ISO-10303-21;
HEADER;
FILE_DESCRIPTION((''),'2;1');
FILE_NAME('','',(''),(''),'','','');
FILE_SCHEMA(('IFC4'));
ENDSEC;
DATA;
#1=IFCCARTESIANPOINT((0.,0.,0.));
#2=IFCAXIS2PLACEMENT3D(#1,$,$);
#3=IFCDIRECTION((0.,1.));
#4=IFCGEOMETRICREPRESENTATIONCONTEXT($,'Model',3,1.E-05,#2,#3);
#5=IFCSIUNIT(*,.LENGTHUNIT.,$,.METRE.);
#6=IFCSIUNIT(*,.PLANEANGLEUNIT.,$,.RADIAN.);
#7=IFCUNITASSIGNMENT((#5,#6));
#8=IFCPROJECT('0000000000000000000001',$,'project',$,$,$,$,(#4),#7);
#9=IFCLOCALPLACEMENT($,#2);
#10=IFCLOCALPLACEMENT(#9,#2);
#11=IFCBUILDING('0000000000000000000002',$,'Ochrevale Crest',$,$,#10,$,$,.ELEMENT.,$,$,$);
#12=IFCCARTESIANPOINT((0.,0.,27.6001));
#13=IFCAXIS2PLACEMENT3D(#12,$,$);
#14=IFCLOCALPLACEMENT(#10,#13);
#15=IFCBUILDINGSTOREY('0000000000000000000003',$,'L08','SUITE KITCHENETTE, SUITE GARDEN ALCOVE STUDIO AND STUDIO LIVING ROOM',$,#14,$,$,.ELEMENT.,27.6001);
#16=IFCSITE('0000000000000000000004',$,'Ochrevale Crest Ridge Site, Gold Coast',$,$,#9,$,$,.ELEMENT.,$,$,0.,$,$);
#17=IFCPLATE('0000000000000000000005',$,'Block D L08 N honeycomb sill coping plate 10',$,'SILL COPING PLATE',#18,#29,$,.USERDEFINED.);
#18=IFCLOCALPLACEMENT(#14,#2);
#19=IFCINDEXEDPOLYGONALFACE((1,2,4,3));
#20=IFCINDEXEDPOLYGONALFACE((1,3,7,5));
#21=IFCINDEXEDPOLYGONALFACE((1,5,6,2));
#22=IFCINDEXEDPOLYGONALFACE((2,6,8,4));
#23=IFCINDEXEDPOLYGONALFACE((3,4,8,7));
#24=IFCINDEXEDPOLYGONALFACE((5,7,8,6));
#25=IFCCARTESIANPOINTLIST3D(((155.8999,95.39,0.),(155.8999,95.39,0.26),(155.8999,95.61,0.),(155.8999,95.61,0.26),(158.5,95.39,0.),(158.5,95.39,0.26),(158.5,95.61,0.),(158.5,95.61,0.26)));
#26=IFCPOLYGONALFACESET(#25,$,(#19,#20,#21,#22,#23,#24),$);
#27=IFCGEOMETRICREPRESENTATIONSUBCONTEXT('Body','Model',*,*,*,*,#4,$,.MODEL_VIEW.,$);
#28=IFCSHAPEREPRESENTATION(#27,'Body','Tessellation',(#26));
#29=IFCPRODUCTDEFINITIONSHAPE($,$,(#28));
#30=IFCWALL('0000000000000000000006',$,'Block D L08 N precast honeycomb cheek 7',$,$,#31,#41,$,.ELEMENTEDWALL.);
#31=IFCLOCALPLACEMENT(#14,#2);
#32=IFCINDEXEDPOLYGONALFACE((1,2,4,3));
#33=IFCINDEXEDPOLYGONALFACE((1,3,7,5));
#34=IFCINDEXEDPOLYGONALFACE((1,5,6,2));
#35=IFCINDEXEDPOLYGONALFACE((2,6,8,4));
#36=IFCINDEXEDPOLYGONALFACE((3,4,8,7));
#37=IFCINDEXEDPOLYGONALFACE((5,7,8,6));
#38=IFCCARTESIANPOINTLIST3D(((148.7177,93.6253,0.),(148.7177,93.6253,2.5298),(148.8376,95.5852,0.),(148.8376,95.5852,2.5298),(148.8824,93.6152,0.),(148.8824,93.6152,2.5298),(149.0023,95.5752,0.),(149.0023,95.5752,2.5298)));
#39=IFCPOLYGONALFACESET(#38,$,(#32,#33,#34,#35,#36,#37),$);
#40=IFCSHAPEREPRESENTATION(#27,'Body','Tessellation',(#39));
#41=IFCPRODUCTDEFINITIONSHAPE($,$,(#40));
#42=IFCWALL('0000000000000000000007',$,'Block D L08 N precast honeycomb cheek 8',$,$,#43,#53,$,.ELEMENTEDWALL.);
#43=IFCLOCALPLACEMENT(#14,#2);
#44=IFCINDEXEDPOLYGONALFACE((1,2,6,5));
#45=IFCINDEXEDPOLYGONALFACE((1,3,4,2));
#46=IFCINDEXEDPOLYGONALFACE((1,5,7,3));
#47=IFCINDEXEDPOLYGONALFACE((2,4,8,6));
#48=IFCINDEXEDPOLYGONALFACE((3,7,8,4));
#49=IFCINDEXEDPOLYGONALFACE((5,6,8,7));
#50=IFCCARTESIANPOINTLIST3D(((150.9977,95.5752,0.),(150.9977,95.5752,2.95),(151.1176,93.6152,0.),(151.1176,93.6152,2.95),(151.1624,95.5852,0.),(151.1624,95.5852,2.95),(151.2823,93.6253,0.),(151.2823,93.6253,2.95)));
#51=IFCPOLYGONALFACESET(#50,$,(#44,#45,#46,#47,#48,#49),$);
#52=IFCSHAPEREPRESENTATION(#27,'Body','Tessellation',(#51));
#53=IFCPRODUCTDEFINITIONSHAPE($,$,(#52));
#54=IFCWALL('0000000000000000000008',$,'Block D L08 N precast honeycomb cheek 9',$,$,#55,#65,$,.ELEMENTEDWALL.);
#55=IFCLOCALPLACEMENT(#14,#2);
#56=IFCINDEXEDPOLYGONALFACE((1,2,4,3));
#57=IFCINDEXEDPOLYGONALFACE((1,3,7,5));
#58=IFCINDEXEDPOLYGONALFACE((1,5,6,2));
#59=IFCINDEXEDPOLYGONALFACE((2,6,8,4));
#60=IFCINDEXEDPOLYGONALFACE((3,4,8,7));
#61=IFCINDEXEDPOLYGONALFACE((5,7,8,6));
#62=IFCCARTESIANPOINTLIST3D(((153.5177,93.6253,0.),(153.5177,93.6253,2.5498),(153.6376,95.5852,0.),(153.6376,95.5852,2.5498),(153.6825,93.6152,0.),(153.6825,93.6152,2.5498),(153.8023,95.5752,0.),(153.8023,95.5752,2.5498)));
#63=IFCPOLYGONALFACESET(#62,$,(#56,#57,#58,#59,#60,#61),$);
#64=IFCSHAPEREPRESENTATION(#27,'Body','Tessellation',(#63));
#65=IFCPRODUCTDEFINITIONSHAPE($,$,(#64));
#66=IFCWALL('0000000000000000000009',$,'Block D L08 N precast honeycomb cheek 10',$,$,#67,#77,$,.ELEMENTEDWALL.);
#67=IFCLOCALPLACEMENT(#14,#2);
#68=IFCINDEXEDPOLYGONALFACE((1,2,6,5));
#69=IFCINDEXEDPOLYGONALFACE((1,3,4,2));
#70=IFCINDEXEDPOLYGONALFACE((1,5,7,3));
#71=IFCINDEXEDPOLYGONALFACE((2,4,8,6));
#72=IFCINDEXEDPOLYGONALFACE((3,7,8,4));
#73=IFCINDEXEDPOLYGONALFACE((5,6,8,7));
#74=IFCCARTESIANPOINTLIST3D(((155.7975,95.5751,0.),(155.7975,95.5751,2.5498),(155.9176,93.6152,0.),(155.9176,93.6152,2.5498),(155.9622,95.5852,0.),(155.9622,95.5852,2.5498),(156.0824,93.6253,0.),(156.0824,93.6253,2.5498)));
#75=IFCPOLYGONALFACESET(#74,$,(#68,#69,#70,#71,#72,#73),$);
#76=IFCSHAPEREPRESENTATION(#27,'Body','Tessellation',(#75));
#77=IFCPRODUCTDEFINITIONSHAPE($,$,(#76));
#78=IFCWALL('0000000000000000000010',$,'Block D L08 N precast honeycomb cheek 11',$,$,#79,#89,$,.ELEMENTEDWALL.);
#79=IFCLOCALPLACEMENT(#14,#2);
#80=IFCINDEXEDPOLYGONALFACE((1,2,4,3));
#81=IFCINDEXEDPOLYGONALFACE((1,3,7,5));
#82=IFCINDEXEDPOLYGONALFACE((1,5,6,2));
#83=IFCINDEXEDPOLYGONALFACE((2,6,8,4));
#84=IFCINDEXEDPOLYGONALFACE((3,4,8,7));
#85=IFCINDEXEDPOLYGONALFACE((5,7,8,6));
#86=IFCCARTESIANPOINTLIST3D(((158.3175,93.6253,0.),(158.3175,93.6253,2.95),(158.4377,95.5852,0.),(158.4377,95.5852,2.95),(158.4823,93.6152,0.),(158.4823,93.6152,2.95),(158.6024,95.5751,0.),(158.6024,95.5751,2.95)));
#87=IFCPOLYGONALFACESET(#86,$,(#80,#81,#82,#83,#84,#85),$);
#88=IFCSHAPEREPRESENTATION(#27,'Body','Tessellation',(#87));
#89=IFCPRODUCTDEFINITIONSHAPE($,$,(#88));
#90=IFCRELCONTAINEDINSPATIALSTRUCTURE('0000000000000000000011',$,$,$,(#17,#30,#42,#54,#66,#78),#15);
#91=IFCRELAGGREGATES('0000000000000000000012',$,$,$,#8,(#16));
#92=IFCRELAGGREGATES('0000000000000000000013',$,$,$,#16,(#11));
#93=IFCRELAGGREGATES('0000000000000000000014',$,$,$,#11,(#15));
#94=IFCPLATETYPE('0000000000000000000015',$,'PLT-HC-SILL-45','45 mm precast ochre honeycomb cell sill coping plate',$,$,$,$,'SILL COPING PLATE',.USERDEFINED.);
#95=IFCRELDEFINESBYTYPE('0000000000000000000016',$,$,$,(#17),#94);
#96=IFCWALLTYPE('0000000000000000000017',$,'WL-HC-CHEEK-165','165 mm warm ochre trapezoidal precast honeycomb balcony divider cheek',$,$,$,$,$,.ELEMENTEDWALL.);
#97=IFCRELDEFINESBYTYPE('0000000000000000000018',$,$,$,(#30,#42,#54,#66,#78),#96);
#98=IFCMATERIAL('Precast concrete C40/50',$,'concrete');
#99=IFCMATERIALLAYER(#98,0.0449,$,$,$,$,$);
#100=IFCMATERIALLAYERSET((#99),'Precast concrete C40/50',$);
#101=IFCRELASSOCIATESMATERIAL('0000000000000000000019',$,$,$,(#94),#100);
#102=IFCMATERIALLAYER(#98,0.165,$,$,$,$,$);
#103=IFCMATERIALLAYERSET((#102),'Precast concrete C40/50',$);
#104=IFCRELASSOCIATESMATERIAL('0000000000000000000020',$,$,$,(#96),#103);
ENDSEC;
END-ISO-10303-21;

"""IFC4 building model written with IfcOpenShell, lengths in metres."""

from ifc_helpers import new_model, si_unit, direction, frame, frame_2d, origin, origin_2d, place, context, subcontext, project, spatial, rectangle, extrude, material, layer, layer_set, type_object, element, save


model = new_model("IFC4")

# Units and contexts
model_context = context("Model", 3, precision=1e-05, world=origin(), true_north=direction((0.0, 1.0)))
body_context = subcontext(model_context, "Body", "Model", "MODEL_VIEW")
ifc_project = project(units=[si_unit("LENGTHUNIT", "METRE"), si_unit("PLANEANGLEUNIT", "RADIAN")], contexts=[model_context])

# Site, building, storey
site_placement = place(None, origin())
site = spatial("IfcSite", under=ifc_project, at=site_placement, Name="Ochrevale Crest Ridge Site, Gold Coast", CompositionType="ELEMENT", RefElevation=0.0)
building_placement = place(site_placement, origin())
building = spatial("IfcBuilding", under=site, at=building_placement, Name="Ochrevale Crest", CompositionType="ELEMENT")
storey_placement = place(building_placement, frame((0.0, 0.0, 27.6001)))
storey = spatial("IfcBuildingStorey", under=building, at=storey_placement, Name="L08", Description="SUITE KITCHENETTE, SUITE GARDEN ALCOVE STUDIO AND STUDIO LIVING ROOM", CompositionType="ELEMENT", Elevation=27.6001)

# Shared definitions
ifc_material_1 = material(Name="Precast concrete C40/50", Category="concrete")

# Plate
ifc_layer_1 = layer(ifc_material_1, 0.0449)
ifc_layer_set_1 = layer_set([ifc_layer_1], Name="Precast concrete C40/50")
plate_type_1 = type_object("IfcPlateType", Name="PLT-HC-SILL-45", Description="45 mm precast ochre honeycomb cell sill coping plate", ElementType="SILL COPING PLATE", PredefinedType="USERDEFINED", material=ifc_layer_set_1)
for number, where, z_axis, x_axis, name in (
    (1, (157.2, 95.5, 0.0), (0.0, 0.0, 1.0), (1.0, 0.0, 0.0), "Block D L08 N honeycomb sill coping plate 10"),
):
    element("IfcPlate", number, at=place(storey_placement, frame(where, z_axis=z_axis, x_axis=x_axis)), inside=storey, type_object=plate_type_1, Name=name, ObjectType="SILL COPING PLATE", PredefinedType="USERDEFINED", context=body_context, shape_type="SweptSolid", body=[
        extrude(rectangle(XDim=2.6001, YDim=0.22, at=origin_2d()), origin(), (0.0, 0.0, 1.0), 0.26),
    ])

# Walls
ifc_layer_2 = layer(ifc_material_1, 0.165)
ifc_layer_set_2 = layer_set([ifc_layer_2], Name="Precast concrete C40/50")
wall_type = type_object("IfcWallType", Name="WL-HC-CHEEK-165", Description="165 mm warm ochre trapezoidal precast honeycomb balcony divider cheek", PredefinedType="ELEMENTEDWALL", material=ifc_layer_set_2)
wall_1_placement = place(storey_placement, frame((148.8, 93.6201, 0.0), z_axis=(0.0, 0.0, 1.0), x_axis=(0.061047, 0.998135, 0.0)))
element("IfcWall", 2, at=wall_1_placement, inside=storey, type_object=wall_type, Name="Block D L08 N precast honeycomb cheek 7", PredefinedType="ELEMENTEDWALL", context=body_context, shape_type="SweptSolid", body=[
    extrude(rectangle(XDim=1.9636, YDim=0.165, at=frame_2d((0.9819, 0.0))), origin(), (0.0, 0.0, 1.0), 2.5298),
])
wall_2_placement = place(storey_placement, frame((151.2, 93.6201, 0.0), z_axis=(0.0, 0.0, 1.0), x_axis=(-0.061047, 0.998135, 0.0)))
element("IfcWall", 3, at=wall_2_placement, inside=storey, type_object=wall_type, Name="Block D L08 N precast honeycomb cheek 8", PredefinedType="ELEMENTEDWALL", context=body_context, shape_type="SweptSolid", body=[
    extrude(rectangle(XDim=1.9636, YDim=0.165, at=frame_2d((0.9819, 0.0))), origin(), (0.0, 0.0, 1.0), 2.95),
])
for number, where, z_axis, x_axis, name in (
    (4, (153.6001, 93.6201, 0.0), (0.0, 0.0, 1.0), (0.061047, 0.998135, 0.0), "Block D L08 N precast honeycomb cheek 9"),
    (5, (156.0, 93.6201, 0.0), (0.0, 0.0, 1.0), (-0.061171, 0.998127, 0.0), "Block D L08 N precast honeycomb cheek 10"),
):
    element("IfcWall", number, at=place(storey_placement, frame(where, z_axis=z_axis, x_axis=x_axis)), inside=storey, type_object=wall_type, Name=name, PredefinedType="ELEMENTEDWALL", context=body_context, shape_type="SweptSolid", body=[
        extrude(rectangle(XDim=1.9636, YDim=0.165, at=frame_2d((0.9819, 0.0))), origin(), (0.0, 0.0, 1.0), 2.5498),
    ])
wall_3_placement = place(storey_placement, frame((158.3999, 93.6201, 0.0), z_axis=(0.0, 0.0, 1.0), x_axis=(0.061171, 0.998127, 0.0)))
element("IfcWall", 6, at=wall_3_placement, inside=storey, type_object=wall_type, Name="Block D L08 N precast honeycomb cheek 11", PredefinedType="ELEMENTEDWALL", context=body_context, shape_type="SweptSolid", body=[
    extrude(rectangle(XDim=1.9636, YDim=0.165, at=frame_2d((0.9819, 0.0))), origin(), (0.0, 0.0, 1.0), 2.95),
])

save(model, "model.ifc")
